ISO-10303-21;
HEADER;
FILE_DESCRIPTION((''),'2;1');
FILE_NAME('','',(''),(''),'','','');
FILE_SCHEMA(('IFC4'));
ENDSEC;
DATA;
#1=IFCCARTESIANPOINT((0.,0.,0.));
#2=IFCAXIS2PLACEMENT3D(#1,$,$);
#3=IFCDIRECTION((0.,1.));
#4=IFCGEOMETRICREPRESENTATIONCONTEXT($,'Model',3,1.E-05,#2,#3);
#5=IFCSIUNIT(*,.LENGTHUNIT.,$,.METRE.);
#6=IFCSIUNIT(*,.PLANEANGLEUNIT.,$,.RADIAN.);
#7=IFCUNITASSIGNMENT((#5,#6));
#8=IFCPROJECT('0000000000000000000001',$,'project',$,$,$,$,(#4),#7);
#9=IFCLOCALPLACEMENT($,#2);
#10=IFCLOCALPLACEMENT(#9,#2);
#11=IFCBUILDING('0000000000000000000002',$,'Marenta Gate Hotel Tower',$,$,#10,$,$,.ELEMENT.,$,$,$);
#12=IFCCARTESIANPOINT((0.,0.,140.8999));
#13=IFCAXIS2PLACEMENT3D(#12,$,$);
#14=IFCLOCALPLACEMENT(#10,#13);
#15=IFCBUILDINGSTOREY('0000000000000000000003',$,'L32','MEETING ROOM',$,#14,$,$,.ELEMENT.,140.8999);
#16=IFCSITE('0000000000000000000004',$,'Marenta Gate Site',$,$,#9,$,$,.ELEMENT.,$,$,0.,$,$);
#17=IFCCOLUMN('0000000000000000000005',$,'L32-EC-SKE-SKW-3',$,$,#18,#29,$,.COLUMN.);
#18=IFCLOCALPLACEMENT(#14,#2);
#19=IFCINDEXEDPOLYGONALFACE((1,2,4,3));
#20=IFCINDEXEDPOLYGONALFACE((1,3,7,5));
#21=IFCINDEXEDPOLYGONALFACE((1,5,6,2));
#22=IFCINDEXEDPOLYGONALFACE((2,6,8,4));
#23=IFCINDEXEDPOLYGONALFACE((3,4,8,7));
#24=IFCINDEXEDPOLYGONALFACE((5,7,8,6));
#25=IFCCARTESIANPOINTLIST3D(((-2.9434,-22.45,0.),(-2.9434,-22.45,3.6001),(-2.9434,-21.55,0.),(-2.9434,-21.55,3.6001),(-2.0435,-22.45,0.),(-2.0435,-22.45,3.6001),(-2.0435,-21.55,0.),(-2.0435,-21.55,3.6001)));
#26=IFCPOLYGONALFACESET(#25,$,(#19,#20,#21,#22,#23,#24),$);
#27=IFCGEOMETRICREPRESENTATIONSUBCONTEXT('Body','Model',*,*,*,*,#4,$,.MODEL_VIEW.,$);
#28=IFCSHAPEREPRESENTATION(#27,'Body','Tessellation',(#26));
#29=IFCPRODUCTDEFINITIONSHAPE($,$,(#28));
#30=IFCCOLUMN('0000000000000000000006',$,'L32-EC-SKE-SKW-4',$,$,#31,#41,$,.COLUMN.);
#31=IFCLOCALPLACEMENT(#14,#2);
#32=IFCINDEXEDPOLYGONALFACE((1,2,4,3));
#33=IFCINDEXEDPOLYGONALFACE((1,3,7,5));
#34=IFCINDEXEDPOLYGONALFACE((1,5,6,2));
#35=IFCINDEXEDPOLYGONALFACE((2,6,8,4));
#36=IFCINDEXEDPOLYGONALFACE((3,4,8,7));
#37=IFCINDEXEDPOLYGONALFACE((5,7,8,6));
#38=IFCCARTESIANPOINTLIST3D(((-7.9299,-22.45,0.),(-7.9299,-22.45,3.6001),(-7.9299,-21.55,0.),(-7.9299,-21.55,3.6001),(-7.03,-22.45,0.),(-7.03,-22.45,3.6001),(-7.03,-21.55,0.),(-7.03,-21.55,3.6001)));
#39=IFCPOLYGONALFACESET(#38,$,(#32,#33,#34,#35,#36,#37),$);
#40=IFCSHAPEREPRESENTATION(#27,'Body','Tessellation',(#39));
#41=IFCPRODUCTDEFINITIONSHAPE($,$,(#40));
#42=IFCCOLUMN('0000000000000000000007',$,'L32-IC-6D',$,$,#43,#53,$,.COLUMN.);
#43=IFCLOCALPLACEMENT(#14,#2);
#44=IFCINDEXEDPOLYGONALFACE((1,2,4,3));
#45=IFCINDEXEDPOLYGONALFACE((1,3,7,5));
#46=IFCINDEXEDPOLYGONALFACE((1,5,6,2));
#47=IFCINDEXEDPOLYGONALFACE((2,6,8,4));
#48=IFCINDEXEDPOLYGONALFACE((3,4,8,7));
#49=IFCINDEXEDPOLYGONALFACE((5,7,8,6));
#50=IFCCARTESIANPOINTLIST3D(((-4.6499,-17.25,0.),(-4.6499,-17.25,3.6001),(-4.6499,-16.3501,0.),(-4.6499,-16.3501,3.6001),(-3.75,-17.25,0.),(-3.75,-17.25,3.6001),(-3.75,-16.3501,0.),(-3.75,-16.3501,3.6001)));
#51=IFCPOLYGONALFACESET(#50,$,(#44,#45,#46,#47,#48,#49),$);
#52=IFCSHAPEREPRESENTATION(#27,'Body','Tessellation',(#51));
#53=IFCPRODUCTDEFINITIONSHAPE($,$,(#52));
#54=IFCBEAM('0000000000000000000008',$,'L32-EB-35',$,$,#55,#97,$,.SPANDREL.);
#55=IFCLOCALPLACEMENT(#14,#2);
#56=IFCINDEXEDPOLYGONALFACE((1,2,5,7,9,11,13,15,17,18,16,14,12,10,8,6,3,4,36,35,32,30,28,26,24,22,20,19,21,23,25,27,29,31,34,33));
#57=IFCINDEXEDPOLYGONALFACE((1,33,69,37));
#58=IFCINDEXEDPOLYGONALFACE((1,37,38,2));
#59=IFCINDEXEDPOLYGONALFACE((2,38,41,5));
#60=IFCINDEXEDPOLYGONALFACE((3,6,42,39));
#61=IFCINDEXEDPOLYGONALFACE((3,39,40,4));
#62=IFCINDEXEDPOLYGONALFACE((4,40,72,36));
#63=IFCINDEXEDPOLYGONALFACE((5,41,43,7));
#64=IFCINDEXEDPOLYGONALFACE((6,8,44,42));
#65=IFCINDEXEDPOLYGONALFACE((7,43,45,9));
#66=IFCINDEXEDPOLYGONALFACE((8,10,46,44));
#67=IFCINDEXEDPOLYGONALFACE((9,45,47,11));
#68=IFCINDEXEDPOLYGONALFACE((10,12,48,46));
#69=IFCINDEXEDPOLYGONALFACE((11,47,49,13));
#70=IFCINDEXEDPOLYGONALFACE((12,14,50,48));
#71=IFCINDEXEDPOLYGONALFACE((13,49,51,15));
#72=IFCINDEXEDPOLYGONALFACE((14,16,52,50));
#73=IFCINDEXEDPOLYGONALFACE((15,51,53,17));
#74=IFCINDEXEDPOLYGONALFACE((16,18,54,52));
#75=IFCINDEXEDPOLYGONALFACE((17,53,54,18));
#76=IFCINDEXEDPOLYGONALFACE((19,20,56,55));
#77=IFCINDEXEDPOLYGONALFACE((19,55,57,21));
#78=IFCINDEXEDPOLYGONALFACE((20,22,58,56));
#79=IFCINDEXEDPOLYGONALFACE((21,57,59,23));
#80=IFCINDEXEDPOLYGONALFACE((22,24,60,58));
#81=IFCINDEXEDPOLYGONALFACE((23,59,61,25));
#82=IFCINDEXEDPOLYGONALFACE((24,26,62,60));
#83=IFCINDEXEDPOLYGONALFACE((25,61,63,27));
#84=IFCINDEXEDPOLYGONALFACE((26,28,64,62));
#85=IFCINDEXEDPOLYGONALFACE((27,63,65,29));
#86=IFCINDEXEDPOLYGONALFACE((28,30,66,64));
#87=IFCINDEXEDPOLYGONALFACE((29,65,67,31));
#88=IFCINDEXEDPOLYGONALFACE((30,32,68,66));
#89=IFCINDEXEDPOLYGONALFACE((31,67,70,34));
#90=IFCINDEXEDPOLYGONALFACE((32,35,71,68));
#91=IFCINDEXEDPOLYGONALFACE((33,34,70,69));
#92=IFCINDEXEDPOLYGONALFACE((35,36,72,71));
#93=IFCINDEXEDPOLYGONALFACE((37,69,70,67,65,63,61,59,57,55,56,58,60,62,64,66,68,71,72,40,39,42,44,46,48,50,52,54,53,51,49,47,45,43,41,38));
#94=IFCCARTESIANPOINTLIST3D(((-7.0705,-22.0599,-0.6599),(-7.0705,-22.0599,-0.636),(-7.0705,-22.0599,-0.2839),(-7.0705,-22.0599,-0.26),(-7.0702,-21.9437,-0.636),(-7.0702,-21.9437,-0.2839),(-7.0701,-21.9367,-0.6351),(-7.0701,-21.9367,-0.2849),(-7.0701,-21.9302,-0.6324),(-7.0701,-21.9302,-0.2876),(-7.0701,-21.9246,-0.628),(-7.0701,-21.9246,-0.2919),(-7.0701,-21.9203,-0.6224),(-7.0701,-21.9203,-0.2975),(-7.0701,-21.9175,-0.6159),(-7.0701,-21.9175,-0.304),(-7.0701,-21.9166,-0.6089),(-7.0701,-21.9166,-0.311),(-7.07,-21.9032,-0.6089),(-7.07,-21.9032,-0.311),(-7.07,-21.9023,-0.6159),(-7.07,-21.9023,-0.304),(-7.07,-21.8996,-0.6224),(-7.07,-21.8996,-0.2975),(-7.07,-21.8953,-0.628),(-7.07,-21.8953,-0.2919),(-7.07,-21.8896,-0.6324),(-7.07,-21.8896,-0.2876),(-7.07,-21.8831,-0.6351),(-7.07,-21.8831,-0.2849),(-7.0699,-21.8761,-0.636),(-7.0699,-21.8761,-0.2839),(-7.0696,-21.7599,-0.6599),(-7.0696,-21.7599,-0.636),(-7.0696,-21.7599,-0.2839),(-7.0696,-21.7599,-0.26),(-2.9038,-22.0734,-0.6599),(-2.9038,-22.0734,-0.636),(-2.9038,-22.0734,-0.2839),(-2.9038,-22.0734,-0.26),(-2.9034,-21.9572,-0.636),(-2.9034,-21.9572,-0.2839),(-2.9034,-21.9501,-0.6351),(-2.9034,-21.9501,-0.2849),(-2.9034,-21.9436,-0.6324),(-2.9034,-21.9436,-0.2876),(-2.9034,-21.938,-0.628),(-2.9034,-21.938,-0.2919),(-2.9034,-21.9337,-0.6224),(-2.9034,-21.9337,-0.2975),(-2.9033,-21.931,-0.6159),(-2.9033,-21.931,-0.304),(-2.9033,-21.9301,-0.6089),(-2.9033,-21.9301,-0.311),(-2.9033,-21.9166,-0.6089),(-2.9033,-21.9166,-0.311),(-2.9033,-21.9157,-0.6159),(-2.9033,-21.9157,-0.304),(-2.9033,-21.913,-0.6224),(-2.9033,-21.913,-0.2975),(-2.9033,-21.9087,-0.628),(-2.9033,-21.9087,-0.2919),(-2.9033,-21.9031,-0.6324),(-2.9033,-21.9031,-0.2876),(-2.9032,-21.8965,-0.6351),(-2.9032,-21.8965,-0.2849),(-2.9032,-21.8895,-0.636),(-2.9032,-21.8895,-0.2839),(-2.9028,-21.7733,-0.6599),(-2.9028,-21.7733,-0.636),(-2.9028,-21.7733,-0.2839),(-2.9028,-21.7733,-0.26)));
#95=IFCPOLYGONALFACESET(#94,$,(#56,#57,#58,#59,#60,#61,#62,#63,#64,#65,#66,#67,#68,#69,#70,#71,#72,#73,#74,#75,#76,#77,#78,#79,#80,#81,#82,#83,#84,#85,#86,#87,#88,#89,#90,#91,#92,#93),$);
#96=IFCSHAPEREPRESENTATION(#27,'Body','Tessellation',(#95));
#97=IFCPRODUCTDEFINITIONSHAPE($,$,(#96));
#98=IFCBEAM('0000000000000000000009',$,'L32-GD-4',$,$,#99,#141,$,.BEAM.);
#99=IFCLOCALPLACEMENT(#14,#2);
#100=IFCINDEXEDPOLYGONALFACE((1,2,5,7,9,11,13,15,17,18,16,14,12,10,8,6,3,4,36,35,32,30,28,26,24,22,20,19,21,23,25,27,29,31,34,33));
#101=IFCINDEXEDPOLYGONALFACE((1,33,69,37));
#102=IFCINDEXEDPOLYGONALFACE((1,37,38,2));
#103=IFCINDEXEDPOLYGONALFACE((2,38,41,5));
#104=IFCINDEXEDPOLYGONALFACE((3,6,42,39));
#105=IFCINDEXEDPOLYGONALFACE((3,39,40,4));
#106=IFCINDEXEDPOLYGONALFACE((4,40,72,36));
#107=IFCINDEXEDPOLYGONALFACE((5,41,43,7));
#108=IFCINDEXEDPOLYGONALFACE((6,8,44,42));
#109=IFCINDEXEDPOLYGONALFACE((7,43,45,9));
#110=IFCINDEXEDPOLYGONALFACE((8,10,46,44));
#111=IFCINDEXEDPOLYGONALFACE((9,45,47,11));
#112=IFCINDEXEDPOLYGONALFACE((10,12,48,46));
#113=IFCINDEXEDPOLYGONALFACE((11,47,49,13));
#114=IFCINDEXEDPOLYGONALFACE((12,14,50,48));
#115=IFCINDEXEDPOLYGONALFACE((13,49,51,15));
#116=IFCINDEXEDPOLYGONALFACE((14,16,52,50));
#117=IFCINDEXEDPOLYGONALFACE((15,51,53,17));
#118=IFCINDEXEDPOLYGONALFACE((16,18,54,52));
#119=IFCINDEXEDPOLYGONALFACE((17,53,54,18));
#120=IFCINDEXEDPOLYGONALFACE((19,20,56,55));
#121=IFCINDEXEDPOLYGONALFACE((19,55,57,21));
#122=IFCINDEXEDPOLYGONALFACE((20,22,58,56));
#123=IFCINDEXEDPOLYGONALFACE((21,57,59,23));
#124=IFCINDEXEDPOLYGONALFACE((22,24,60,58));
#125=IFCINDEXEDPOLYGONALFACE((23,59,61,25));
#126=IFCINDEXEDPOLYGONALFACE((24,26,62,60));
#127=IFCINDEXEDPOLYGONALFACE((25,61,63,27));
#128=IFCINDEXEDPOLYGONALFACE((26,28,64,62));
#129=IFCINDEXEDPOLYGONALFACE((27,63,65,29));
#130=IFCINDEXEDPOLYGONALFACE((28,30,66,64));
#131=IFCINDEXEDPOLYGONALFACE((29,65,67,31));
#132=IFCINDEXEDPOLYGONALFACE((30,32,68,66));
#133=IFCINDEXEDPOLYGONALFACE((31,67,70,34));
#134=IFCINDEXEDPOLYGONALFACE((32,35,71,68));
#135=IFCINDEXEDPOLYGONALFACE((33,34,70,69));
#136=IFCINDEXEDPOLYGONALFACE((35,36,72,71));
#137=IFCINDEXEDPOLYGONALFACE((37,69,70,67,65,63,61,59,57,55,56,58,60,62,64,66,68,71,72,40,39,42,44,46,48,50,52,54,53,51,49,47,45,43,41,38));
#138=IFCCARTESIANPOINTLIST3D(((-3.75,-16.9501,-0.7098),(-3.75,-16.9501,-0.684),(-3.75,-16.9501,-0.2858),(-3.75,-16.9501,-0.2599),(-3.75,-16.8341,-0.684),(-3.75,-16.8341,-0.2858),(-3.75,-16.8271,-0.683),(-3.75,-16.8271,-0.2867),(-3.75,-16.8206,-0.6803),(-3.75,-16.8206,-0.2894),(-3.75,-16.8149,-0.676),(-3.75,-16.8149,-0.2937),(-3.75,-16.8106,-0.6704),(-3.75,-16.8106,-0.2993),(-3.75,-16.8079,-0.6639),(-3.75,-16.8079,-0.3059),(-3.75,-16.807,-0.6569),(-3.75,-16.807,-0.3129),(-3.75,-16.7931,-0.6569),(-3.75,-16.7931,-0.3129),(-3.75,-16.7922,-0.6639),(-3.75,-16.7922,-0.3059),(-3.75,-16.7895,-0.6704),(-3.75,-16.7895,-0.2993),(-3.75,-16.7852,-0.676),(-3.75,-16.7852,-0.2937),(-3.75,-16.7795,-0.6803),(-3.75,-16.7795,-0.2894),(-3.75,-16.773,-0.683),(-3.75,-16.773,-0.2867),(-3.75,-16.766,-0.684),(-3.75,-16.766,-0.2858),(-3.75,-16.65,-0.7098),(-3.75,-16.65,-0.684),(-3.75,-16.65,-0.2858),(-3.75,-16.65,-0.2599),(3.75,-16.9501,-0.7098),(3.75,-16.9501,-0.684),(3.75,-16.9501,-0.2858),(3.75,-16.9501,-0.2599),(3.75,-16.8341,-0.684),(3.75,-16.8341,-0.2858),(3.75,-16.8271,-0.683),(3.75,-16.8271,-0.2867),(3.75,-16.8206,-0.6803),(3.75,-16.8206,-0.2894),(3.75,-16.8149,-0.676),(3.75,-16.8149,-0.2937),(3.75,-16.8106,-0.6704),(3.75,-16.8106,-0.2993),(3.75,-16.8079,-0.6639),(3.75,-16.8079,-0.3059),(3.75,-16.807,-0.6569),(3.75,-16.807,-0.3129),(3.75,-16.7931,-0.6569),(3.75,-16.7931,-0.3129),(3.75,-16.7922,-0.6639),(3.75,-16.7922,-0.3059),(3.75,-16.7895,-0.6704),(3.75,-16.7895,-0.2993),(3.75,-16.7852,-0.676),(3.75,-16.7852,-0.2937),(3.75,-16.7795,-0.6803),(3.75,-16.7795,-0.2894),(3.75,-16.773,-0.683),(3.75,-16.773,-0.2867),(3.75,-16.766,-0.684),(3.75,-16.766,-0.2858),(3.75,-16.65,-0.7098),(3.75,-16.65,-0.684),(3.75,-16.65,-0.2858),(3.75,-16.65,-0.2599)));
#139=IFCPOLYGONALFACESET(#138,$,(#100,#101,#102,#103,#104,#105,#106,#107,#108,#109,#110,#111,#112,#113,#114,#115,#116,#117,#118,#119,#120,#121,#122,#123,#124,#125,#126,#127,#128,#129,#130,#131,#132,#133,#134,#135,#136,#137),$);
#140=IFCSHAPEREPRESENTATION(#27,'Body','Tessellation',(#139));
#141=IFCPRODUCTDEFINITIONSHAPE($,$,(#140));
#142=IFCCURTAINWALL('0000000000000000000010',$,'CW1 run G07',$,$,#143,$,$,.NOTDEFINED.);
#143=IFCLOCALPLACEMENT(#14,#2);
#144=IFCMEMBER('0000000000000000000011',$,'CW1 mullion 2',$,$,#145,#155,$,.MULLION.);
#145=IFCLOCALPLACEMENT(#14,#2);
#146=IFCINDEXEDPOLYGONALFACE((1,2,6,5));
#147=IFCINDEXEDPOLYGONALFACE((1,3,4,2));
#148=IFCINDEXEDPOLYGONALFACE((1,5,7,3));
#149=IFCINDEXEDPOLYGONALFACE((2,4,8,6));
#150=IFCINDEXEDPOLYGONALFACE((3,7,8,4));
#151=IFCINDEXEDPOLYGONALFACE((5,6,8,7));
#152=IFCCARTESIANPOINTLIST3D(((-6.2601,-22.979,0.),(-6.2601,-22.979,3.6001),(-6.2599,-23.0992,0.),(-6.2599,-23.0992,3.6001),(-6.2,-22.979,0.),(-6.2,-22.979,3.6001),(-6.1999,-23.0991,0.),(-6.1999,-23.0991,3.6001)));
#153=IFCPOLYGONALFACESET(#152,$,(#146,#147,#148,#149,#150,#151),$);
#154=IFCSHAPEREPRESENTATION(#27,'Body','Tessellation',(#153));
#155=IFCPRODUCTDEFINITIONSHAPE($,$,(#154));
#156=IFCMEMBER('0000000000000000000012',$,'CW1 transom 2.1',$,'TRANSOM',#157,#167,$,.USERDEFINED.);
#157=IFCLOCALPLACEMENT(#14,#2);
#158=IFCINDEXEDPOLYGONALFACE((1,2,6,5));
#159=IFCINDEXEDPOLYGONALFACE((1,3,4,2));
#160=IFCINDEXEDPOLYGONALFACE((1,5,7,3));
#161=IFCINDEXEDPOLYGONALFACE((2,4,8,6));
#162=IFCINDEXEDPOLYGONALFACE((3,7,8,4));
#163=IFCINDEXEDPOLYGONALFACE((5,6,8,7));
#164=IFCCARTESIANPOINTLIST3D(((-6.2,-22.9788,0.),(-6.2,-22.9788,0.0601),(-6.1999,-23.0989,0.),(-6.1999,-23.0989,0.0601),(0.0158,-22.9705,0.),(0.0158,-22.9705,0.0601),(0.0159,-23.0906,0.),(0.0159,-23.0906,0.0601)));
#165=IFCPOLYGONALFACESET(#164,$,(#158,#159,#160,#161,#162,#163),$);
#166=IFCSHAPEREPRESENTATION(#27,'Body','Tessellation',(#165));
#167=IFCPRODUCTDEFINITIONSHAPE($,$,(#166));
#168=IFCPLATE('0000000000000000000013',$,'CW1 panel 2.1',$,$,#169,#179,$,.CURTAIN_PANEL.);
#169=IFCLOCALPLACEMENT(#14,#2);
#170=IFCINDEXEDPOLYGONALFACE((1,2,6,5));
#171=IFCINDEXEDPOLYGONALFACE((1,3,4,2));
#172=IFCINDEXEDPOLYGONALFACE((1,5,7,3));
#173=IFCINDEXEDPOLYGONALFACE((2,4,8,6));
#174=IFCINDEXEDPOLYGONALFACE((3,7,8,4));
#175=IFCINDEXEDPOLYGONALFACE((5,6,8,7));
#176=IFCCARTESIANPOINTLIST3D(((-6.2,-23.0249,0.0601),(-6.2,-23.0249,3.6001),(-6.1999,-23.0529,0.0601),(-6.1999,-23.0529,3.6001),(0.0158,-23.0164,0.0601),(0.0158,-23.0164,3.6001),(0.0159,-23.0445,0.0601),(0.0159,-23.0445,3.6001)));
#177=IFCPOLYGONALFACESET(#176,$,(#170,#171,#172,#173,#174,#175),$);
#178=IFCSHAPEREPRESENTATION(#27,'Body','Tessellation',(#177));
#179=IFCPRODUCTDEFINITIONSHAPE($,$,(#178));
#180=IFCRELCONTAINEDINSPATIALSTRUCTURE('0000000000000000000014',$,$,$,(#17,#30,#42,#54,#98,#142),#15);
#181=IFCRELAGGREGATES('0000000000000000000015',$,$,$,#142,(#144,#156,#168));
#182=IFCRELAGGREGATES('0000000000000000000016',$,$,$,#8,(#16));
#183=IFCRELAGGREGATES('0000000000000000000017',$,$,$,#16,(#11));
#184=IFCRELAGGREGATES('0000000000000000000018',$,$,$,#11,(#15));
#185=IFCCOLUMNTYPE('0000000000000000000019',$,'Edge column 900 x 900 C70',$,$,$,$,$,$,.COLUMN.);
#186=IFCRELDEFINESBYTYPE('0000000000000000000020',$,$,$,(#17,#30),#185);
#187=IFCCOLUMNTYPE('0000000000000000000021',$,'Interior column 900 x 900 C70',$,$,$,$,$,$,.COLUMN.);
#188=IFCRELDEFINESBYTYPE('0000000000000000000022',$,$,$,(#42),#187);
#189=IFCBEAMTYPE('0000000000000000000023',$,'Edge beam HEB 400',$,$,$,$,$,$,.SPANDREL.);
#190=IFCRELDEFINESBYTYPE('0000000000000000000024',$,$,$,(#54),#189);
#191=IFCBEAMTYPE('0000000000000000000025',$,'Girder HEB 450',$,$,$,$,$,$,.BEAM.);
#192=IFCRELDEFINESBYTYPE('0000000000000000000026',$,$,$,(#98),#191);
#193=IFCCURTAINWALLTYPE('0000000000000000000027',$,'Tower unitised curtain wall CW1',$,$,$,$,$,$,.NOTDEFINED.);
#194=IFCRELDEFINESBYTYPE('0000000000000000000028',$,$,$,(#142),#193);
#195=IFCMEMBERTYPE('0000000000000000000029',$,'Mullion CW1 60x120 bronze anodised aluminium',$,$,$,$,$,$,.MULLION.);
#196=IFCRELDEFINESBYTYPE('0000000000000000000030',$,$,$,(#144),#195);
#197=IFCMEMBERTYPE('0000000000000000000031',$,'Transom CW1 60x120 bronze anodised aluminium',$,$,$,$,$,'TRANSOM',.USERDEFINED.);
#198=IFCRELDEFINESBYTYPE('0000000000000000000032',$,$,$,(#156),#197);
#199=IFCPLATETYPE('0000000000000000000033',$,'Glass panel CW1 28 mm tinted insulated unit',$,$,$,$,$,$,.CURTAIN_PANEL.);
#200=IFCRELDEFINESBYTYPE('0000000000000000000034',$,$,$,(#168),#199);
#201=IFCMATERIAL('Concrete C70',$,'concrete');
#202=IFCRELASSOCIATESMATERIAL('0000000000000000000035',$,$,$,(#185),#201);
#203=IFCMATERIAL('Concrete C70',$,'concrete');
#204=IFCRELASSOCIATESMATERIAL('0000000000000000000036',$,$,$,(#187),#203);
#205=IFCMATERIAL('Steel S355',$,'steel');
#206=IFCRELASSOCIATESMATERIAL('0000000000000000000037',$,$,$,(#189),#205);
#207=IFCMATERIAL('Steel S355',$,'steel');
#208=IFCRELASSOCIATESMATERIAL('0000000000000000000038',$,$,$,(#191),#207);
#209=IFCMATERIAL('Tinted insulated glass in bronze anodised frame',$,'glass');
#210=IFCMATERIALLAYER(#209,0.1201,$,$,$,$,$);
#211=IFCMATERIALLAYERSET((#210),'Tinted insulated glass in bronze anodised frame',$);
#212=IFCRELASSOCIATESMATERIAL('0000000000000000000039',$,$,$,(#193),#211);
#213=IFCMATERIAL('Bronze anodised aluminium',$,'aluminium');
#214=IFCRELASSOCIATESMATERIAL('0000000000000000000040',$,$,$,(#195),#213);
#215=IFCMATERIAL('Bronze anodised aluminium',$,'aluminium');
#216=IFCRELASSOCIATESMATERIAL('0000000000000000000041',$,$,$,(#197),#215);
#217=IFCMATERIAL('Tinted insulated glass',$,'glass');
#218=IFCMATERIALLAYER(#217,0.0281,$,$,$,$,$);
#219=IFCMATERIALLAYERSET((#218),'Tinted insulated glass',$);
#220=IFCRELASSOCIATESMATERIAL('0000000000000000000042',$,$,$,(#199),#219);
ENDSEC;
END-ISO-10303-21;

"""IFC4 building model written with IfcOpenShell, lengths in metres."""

from ifc_helpers import new_model, si_unit, direction, frame, origin, origin_2d, place, context, subcontext, project, spatial, rectangle, i_section, extrude, material, layer, layer_set, material_profile, profile_set, type_object, element, aggregate, save


model = new_model("IFC4")

# Units and contexts
model_context = context("Model", 3, precision=1e-05, world=origin(), true_north=direction((0.0, 1.0)))
body_context = subcontext(model_context, "Body", "Model", "MODEL_VIEW")
ifc_project = project(units=[si_unit("LENGTHUNIT", "METRE"), si_unit("PLANEANGLEUNIT", "RADIAN")], contexts=[model_context])

# Site, building, storey
site_placement = place(None, origin())
site = spatial("IfcSite", under=ifc_project, at=site_placement, Name="Marenta Gate Site", CompositionType="ELEMENT", RefElevation=0.0)
building_placement = place(site_placement, origin())
building = spatial("IfcBuilding", under=site, at=building_placement, Name="Marenta Gate Hotel Tower", CompositionType="ELEMENT")
storey_placement = place(building_placement, frame((0.0, 0.0, 140.8999)))
storey = spatial("IfcBuildingStorey", under=building, at=storey_placement, Name="L32", Description="MEETING ROOM", CompositionType="ELEMENT", Elevation=140.8999)

# Columns
ifc_material_1 = material(Name="Concrete C70", Category="concrete")
ifc_material_profile_1 = material_profile(ifc_material_1, rectangle(XDim=0.8999, YDim=0.8999, at=origin_2d()), Name="900 x 900")
ifc_profile_set_1 = profile_set([ifc_material_profile_1], Name="Concrete C70")
column_type_1 = type_object("IfcColumnType", Name="Edge column 900 x 900 C70", PredefinedType="COLUMN", material=ifc_profile_set_1)
for number, where, z_axis, x_axis, name in (
    (1, (-2.4934, -22.0, 0.0), (0.0, 0.0, 1.0), (1.0, 0.0, 0.0), "L32-EC-SKE-SKW-3"),
    (2, (-7.48, -22.0, 0.0), (0.0, 0.0, 1.0), (1.0, 0.0, 0.0), "L32-EC-SKE-SKW-4"),
):
    element("IfcColumn", number, at=place(storey_placement, frame(where, z_axis=z_axis, x_axis=x_axis)), inside=storey, type_object=column_type_1, Name=name, PredefinedType="COLUMN", context=body_context, shape_type="SweptSolid", body=[
        extrude(rectangle(XDim=0.8999, YDim=0.8999, at=origin_2d()), origin(), (0.0, 0.0, 1.0), 3.6001),
    ])
ifc_material_2 = material(Name="Concrete C70", Category="concrete")
ifc_material_profile_2 = material_profile(ifc_material_2, rectangle(XDim=0.8999, YDim=0.8999, at=origin_2d()), Name="900 x 900")
ifc_profile_set_2 = profile_set([ifc_material_profile_2], Name="Concrete C70")
column_type_2 = type_object("IfcColumnType", Name="Interior column 900 x 900 C70", PredefinedType="COLUMN", material=ifc_profile_set_2)
column_placement = place(storey_placement, frame((-4.2, -16.8, 0.0), z_axis=(0.0, 0.0, 1.0), x_axis=(1.0, 0.0, 0.0)))
element("IfcColumn", 3, at=column_placement, inside=storey, type_object=column_type_2, Name="L32-IC-6D", PredefinedType="COLUMN", context=body_context, shape_type="SweptSolid", body=[
    extrude(rectangle(XDim=0.8999, YDim=0.8999, at=origin_2d()), origin(), (0.0, 0.0, 1.0), 3.6001),
])

# Beams
ifc_material_3 = material(Name="Steel S355", Category="steel")
ifc_material_profile_3 = material_profile(ifc_material_3, i_section(OverallWidth=0.3, OverallDepth=0.3999, WebThickness=0.0134, FlangeThickness=0.0239, FilletRadius=0.0271, at=origin_2d()), Name="HEB 400")
ifc_profile_set_3 = profile_set([ifc_material_profile_3], Name="Steel S355")
beam_type_1 = type_object("IfcBeamType", Name="Edge beam HEB 400", PredefinedType="SPANDREL", material=ifc_profile_set_3)
beam_1_placement = place(storey_placement, frame((-2.9033, -21.9233, -0.46), z_axis=(-0.999995, 0.003223, 0.0), x_axis=(-0.003223, -0.999995, 0.0)))
element("IfcBeam", 4, at=beam_1_placement, inside=storey, type_object=beam_type_1, Name="L32-EB-35", PredefinedType="SPANDREL", context=body_context, shape_type="SweptSolid", body=[
    extrude(i_section(OverallWidth=0.3, OverallDepth=0.3999, WebThickness=0.0134, FlangeThickness=0.0239, FilletRadius=0.0271, at=origin_2d()), origin(), (0.0, 0.0, 1.0), 4.1667),
])
ifc_material_4 = material(Name="Steel S355", Category="steel")
ifc_material_profile_4 = material_profile(ifc_material_4, i_section(OverallWidth=0.3, OverallDepth=0.45, WebThickness=0.0139, FlangeThickness=0.0259, FilletRadius=0.0271, at=origin_2d()), Name="HEB 450")
ifc_profile_set_4 = profile_set([ifc_material_profile_4], Name="Steel S355")
beam_type_2 = type_object("IfcBeamType", Name="Girder HEB 450", PredefinedType="BEAM", material=ifc_profile_set_4)
beam_2_placement = place(storey_placement, frame((-3.75, -16.8, -0.4849), z_axis=(1.0, 0.0, 0.0), x_axis=(0.0, 1.0, 0.0)))
element("IfcBeam", 5, at=beam_2_placement, inside=storey, type_object=beam_type_2, Name="L32-GD-4", PredefinedType="BEAM", context=body_context, shape_type="SweptSolid", body=[
    extrude(i_section(OverallWidth=0.3, OverallDepth=0.45, WebThickness=0.0139, FlangeThickness=0.0259, FilletRadius=0.0271, at=origin_2d()), origin(), (0.0, 0.0, 1.0), 7.5),
])

# Curtain wall, members, plate
ifc_material_5 = material(Name="Tinted insulated glass in bronze anodised frame", Category="glass")
ifc_layer_1 = layer(ifc_material_5, 0.1201)
ifc_layer_set_1 = layer_set([ifc_layer_1], Name="Tinted insulated glass in bronze anodised frame")
curtain_wall_type = type_object("IfcCurtainWallType", Name="Tower unitised curtain wall CW1", PredefinedType="NOTDEFINED", material=ifc_layer_set_1)
curtain_wall_placement = place(storey_placement, origin())
curtain_wall = element("IfcCurtainWall", 6, at=curtain_wall_placement, inside=storey, type_object=curtain_wall_type, Name="CW1 run G07", PredefinedType="NOTDEFINED")
ifc_material_6 = material(Name="Bronze anodised aluminium", Category="aluminium")
ifc_material_profile_5 = material_profile(ifc_material_6, rectangle(XDim=0.1201, YDim=0.0601, at=origin_2d()), Name="Mullion CW1 60x120 bronze anodised aluminium")
ifc_profile_set_5 = profile_set([ifc_material_profile_5], Name="Bronze anodised aluminium")
member_type_1 = type_object("IfcMemberType", Name="Mullion CW1 60x120 bronze anodised aluminium", PredefinedType="MULLION", material=ifc_profile_set_5)
member_1_placement = place(storey_placement, frame((-6.23, -23.0391, 0.0), z_axis=(0.0, 0.0, 1.0), x_axis=(-0.001362, 0.999999, 0.0)))
member_1 = element("IfcMember", 7, at=member_1_placement, type_object=member_type_1, Name="CW1 mullion 2", PredefinedType="MULLION", context=body_context, shape_type="SweptSolid", body=[
    extrude(rectangle(XDim=0.1201, YDim=0.0601, at=origin_2d()), origin(), (0.0, 0.0, 1.0), 3.6001),
])
ifc_material_7 = material(Name="Bronze anodised aluminium", Category="aluminium")
ifc_material_profile_6 = material_profile(ifc_material_7, rectangle(XDim=0.1201, YDim=0.0601, at=origin_2d()), Name="Transom CW1 60x120 bronze anodised aluminium")
ifc_profile_set_6 = profile_set([ifc_material_profile_6], Name="Bronze anodised aluminium")
member_type_2 = type_object("IfcMemberType", Name="Transom CW1 60x120 bronze anodised aluminium", ElementType="TRANSOM", PredefinedType="USERDEFINED", material=ifc_profile_set_6)
member_2_placement = place(storey_placement, frame((-6.2, -23.0388, 0.03), z_axis=(0.999999, 0.001335, 0.0), x_axis=(-0.001335, 0.999999, 0.0)))
member_2 = element("IfcMember", 8, at=member_2_placement, type_object=member_type_2, Name="CW1 transom 2.1", ObjectType="TRANSOM", PredefinedType="USERDEFINED", context=body_context, shape_type="SweptSolid", body=[
    extrude(rectangle(XDim=0.1201, YDim=0.0601, at=origin_2d()), origin(), (0.0, 0.0, 1.0), 6.2158),
])
ifc_material_8 = material(Name="Tinted insulated glass", Category="glass")
ifc_layer_2 = layer(ifc_material_8, 0.0281)
ifc_layer_set_2 = layer_set([ifc_layer_2], Name="Tinted insulated glass")
plate_type = type_object("IfcPlateType", Name="Glass panel CW1 28 mm tinted insulated unit", PredefinedType="CURTAIN_PANEL", material=ifc_layer_set_2)
plate_placement = place(storey_placement, frame((-3.092, -23.0347, 0.0601), z_axis=(0.0, 0.0, 1.0), x_axis=(0.999999, 0.001362, 0.0)))
plate = element("IfcPlate", 9, at=plate_placement, type_object=plate_type, Name="CW1 panel 2.1", PredefinedType="CURTAIN_PANEL", context=body_context, shape_type="SweptSolid", body=[
    extrude(rectangle(XDim=6.2158, YDim=0.0281, at=origin_2d()), origin(), (0.0, 0.0, 1.0), 3.54),
])
aggregate(curtain_wall, [member_1, member_2, plate])

save(model, "model.ifc")
